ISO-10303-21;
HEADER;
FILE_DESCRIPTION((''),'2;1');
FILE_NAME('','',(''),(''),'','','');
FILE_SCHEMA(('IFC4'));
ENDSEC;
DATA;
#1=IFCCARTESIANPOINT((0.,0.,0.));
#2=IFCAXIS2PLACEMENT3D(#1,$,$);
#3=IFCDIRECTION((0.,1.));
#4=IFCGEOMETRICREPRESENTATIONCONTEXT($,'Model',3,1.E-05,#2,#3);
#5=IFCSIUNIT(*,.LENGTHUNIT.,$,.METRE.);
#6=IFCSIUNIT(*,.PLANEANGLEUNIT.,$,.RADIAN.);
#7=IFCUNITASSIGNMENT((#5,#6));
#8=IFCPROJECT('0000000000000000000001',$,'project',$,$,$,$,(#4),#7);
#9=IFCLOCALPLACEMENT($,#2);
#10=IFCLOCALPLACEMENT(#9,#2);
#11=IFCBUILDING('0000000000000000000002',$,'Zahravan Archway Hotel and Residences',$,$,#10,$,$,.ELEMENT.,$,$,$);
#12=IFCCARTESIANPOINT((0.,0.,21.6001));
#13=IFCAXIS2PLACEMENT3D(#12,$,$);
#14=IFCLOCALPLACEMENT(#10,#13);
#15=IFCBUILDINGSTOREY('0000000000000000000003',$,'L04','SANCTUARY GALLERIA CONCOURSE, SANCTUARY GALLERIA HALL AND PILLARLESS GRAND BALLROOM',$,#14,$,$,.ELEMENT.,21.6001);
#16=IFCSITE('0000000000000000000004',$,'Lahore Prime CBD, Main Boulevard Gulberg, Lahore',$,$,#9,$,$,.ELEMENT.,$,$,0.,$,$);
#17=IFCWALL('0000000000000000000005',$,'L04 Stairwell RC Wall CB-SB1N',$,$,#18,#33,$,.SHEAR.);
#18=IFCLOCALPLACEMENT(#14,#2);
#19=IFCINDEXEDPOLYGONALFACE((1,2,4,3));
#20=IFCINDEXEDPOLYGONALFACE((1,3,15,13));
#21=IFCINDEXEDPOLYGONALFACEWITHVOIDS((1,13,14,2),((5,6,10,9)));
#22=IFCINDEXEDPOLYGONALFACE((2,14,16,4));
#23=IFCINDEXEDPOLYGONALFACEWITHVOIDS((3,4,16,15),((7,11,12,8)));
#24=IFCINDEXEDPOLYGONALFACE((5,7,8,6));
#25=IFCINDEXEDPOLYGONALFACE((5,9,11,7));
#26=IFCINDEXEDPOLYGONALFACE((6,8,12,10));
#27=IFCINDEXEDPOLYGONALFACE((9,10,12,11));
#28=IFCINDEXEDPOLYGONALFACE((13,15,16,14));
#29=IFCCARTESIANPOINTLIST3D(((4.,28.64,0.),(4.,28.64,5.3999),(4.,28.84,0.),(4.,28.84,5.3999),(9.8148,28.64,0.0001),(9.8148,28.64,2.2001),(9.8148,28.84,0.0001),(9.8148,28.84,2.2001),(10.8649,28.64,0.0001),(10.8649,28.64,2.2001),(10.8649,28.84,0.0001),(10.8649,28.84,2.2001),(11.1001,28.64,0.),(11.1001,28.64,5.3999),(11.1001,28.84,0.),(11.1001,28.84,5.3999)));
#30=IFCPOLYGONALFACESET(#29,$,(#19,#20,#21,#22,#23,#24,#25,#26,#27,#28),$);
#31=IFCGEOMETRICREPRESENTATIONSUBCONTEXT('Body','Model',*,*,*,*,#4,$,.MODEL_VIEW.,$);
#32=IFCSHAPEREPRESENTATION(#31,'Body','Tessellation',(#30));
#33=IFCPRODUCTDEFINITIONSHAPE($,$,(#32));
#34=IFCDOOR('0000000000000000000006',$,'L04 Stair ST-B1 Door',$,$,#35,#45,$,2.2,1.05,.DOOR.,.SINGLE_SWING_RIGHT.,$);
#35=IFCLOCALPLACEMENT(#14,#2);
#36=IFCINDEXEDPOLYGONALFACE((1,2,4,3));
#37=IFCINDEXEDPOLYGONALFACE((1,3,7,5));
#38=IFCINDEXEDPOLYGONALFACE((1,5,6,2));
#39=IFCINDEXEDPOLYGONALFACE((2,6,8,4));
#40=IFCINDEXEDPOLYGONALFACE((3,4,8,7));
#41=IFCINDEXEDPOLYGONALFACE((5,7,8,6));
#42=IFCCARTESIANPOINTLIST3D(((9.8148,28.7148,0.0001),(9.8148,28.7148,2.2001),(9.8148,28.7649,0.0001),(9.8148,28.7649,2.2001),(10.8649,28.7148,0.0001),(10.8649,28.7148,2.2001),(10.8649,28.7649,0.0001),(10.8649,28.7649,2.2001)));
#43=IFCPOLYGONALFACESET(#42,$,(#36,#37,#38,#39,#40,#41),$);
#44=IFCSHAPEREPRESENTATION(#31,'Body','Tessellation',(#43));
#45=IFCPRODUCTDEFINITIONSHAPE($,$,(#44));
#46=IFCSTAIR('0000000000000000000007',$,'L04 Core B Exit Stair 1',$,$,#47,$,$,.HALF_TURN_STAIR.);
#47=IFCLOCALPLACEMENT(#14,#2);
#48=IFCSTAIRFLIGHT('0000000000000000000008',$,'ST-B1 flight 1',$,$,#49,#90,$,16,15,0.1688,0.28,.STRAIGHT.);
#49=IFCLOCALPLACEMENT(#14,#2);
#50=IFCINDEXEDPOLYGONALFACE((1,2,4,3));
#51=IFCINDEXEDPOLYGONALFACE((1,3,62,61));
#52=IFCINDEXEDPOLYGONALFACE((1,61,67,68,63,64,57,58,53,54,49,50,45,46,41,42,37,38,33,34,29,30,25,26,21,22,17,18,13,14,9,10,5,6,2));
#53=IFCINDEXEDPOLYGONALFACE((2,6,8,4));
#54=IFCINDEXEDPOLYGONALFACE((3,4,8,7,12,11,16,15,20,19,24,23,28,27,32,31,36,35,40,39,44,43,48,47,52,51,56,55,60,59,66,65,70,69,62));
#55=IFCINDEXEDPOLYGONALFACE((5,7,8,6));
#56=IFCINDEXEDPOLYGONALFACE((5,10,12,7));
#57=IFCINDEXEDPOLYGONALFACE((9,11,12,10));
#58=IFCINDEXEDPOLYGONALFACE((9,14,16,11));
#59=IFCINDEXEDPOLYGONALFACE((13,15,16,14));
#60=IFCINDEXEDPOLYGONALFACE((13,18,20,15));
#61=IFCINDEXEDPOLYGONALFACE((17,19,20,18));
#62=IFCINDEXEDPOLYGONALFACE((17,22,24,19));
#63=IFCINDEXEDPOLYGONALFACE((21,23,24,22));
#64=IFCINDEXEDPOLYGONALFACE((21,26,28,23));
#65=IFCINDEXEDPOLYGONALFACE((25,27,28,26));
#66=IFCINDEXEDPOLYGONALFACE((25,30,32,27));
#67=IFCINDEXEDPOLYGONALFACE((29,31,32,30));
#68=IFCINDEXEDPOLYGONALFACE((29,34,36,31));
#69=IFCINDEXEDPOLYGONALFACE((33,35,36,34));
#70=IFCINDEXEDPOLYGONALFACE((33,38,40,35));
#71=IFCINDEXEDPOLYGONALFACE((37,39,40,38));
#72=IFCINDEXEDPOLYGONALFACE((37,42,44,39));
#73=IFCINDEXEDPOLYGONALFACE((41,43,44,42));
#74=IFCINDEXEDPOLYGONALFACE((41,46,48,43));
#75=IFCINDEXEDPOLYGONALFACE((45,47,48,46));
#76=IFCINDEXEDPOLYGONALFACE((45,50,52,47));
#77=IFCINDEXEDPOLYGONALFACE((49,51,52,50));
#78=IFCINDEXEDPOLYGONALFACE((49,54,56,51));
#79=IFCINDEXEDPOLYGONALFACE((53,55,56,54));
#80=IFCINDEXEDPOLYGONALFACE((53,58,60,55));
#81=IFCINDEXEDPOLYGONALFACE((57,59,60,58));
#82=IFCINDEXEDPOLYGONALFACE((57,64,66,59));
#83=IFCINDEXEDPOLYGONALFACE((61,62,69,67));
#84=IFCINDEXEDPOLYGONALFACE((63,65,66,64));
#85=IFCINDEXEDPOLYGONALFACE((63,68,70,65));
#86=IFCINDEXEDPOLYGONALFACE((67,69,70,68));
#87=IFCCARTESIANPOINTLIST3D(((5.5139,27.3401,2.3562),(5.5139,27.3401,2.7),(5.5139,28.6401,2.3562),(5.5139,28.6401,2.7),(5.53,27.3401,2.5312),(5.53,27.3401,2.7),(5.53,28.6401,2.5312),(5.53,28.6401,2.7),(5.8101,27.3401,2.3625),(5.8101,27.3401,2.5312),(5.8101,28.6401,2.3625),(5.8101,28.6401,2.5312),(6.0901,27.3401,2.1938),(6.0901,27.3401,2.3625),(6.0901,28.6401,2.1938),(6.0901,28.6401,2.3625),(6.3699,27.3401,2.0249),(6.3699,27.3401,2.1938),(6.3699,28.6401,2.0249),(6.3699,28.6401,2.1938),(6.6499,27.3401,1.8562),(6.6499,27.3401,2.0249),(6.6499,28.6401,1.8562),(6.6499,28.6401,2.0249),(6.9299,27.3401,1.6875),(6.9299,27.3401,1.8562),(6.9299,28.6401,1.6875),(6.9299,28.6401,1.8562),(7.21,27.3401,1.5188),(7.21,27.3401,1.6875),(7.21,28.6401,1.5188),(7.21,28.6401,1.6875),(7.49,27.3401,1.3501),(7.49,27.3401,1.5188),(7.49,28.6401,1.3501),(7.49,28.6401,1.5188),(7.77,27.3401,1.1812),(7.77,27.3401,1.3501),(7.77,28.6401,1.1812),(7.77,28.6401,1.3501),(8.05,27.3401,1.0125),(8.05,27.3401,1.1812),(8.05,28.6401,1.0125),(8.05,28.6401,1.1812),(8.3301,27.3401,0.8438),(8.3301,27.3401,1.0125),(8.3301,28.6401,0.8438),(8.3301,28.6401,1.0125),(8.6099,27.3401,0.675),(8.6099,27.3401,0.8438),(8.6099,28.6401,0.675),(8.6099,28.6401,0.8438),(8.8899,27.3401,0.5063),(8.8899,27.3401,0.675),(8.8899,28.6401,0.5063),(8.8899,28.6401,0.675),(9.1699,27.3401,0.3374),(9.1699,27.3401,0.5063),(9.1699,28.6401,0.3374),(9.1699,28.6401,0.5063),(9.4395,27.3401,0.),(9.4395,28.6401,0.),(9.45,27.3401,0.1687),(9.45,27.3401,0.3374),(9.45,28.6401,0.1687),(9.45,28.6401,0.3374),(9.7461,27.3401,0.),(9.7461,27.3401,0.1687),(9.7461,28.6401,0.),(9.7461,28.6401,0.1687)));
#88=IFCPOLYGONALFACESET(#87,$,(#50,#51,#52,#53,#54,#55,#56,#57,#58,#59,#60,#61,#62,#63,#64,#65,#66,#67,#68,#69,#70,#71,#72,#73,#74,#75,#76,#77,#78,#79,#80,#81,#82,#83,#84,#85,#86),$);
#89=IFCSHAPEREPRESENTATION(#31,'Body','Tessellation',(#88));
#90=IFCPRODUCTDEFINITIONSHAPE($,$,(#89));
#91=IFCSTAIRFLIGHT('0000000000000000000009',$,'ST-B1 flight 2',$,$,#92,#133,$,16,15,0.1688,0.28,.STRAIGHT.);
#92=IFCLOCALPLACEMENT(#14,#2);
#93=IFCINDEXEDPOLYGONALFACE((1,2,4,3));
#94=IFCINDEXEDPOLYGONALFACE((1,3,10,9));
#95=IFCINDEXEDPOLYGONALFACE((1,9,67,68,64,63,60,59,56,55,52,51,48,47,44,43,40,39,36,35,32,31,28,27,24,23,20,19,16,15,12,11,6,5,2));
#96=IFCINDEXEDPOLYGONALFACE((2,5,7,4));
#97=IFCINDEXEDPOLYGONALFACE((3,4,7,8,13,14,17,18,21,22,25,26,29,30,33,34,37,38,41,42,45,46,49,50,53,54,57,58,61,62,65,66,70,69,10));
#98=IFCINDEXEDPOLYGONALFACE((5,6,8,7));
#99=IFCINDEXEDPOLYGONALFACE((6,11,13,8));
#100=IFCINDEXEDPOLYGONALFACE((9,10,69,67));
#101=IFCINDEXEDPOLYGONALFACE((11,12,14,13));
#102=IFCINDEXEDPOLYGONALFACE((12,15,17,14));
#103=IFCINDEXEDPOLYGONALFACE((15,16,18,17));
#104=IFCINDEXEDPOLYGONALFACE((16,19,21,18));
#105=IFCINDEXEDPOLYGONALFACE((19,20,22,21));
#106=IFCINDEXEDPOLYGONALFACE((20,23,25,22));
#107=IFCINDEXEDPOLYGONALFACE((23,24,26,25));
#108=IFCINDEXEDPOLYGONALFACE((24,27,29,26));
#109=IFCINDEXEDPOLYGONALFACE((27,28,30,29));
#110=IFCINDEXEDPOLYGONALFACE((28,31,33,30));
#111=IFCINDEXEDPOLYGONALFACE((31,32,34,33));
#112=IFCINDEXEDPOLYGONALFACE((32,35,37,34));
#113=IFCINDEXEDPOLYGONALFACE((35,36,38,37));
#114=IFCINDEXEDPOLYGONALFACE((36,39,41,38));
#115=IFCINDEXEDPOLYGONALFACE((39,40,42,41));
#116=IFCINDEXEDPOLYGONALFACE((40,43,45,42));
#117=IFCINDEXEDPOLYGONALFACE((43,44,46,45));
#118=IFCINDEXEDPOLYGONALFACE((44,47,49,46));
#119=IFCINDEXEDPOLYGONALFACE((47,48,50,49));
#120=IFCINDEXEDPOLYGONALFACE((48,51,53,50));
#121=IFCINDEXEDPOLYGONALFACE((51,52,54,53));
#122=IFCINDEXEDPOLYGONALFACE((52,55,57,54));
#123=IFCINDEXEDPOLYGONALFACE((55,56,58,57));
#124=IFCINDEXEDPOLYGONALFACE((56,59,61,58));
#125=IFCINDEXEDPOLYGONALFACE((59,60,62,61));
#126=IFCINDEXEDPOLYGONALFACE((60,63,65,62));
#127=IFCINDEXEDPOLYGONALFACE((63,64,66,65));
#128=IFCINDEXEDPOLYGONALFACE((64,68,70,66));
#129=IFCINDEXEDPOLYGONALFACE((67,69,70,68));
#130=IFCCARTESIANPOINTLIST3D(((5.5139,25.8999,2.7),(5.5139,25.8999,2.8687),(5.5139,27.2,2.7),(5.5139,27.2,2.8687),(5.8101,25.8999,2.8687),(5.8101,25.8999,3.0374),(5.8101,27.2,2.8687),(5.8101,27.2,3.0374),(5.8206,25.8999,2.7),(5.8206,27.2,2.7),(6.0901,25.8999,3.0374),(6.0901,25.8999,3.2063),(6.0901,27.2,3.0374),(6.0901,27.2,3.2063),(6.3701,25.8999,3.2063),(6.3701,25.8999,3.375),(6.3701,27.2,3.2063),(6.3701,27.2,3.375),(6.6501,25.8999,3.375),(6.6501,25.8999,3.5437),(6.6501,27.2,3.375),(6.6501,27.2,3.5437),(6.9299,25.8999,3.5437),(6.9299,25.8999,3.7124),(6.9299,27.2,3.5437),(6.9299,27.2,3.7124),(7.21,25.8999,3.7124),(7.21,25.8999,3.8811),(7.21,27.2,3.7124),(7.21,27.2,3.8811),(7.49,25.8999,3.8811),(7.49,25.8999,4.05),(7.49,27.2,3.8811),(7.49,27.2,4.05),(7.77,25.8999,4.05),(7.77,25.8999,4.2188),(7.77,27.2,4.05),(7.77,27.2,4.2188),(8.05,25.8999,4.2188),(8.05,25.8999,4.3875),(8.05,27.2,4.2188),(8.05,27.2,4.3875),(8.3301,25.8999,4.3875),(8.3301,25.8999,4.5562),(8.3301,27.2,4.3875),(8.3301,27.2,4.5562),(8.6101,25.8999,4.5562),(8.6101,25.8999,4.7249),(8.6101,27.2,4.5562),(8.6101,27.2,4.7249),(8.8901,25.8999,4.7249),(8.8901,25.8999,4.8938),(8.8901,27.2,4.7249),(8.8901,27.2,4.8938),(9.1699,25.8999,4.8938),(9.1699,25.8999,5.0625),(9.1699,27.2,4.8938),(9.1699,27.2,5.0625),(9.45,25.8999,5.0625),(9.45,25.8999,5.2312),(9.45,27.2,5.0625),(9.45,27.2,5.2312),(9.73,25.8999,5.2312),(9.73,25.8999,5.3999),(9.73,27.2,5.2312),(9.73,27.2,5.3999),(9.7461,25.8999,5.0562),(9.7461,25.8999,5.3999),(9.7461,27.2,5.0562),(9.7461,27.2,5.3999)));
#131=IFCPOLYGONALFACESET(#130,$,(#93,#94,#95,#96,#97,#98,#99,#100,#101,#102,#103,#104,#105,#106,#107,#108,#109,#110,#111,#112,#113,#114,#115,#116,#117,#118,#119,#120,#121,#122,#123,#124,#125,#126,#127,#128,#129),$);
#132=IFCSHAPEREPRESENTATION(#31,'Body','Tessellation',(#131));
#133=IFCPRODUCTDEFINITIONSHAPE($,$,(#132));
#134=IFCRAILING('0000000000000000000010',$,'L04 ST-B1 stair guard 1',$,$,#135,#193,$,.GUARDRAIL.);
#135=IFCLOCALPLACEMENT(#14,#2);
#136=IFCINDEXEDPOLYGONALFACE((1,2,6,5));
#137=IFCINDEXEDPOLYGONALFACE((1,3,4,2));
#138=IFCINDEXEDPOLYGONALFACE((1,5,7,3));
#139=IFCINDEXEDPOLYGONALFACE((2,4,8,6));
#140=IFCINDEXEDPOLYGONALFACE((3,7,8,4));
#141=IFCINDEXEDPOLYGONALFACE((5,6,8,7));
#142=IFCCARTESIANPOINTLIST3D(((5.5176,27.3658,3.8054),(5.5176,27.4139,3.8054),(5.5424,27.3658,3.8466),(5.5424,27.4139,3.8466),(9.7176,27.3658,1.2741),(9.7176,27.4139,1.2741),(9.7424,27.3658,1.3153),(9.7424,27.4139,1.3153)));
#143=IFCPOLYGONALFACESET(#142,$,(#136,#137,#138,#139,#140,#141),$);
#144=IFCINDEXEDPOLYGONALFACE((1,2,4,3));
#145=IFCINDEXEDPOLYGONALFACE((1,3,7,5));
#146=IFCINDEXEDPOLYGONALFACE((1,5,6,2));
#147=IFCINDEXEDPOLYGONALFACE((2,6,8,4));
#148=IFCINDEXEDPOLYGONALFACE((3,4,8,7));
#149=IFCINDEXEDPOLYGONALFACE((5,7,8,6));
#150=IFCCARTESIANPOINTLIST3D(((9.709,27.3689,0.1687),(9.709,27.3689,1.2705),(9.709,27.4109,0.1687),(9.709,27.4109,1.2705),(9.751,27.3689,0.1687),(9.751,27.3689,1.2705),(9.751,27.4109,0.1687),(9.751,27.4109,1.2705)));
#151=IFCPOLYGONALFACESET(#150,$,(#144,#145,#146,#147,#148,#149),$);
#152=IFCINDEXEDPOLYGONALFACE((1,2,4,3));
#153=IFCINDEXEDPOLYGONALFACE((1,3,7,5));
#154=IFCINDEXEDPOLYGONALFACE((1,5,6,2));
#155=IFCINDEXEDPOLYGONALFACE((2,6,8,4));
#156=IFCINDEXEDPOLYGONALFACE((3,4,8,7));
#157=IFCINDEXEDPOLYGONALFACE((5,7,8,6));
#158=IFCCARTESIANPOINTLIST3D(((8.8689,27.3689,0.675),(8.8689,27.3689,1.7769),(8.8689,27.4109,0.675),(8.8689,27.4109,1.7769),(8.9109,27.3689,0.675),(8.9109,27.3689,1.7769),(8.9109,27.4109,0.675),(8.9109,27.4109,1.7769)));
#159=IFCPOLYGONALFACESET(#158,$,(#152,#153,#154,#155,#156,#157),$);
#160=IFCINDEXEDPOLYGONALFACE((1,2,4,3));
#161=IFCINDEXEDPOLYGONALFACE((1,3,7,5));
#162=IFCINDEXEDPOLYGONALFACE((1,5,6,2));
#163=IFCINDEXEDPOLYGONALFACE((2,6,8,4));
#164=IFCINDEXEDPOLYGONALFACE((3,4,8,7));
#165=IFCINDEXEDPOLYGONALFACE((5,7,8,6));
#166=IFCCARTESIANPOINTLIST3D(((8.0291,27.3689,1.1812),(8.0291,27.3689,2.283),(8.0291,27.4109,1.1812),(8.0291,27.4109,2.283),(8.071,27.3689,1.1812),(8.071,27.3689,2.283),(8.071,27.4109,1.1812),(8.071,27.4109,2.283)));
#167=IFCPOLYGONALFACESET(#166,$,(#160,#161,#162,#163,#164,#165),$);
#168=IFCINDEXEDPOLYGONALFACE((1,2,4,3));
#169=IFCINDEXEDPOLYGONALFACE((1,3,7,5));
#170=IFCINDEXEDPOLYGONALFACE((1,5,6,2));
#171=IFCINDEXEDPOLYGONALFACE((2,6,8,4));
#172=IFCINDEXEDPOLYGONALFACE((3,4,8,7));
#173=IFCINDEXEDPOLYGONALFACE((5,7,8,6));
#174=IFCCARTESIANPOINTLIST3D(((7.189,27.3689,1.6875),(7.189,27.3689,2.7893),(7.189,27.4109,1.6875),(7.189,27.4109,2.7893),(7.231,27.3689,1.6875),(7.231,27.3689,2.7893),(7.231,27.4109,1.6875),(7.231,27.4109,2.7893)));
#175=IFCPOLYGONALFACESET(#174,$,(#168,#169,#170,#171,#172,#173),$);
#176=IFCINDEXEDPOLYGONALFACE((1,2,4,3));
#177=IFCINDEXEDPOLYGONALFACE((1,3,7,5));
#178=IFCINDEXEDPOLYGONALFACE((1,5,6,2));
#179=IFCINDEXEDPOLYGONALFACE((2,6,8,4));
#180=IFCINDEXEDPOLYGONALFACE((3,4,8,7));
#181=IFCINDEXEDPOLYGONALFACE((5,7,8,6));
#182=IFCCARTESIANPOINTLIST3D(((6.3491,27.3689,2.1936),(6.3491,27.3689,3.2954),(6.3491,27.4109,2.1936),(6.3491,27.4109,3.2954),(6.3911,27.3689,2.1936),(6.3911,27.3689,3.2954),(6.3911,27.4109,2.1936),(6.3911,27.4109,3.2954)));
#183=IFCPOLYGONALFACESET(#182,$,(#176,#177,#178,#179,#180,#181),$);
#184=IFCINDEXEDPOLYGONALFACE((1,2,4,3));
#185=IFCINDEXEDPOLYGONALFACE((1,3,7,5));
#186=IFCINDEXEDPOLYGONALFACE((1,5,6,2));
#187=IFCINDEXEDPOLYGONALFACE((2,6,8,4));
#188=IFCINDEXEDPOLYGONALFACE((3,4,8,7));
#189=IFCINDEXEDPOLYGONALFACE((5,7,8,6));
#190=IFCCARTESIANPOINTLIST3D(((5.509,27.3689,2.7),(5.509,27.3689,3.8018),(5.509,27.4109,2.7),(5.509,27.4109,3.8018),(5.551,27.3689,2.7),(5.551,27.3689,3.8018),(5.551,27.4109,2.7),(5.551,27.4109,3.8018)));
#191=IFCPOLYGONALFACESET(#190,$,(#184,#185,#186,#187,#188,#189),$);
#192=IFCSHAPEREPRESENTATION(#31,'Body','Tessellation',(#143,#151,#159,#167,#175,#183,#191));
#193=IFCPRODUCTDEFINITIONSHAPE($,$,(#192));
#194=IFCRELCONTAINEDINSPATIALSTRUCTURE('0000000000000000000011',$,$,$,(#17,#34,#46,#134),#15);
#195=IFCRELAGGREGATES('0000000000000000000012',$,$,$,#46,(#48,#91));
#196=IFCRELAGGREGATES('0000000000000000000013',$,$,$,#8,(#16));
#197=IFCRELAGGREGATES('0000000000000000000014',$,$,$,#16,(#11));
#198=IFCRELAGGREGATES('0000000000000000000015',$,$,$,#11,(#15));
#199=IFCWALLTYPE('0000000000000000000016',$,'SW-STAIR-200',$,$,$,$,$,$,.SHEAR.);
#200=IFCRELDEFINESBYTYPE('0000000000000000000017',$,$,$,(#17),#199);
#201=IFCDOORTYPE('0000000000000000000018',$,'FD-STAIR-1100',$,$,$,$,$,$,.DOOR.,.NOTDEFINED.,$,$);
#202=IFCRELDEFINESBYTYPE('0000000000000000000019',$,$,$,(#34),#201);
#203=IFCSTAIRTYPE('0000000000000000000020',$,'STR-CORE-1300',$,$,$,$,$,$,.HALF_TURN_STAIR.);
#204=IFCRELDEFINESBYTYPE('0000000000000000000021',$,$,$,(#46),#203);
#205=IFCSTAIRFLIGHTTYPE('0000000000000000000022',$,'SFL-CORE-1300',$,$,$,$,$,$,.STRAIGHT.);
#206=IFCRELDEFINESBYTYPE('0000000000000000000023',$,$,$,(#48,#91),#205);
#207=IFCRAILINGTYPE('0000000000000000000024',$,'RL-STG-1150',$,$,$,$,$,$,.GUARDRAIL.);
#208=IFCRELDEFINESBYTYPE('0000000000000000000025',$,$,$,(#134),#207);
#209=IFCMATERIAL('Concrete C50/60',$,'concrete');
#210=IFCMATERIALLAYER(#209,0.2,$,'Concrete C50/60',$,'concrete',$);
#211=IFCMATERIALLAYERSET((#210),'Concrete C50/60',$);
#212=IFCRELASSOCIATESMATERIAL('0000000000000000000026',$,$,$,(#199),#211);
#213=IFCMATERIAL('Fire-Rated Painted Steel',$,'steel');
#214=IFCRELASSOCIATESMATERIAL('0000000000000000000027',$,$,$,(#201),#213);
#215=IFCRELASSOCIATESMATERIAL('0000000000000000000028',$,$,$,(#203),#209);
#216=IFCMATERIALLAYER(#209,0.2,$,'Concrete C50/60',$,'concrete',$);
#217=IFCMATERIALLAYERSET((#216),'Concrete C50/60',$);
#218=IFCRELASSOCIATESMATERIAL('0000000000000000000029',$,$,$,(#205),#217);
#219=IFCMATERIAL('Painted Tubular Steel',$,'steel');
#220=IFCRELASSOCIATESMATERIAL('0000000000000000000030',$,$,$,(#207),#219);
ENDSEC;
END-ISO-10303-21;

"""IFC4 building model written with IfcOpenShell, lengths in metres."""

from ifc_helpers import new_model, si_unit, direction, frame, frame_2d, origin, origin_2d, place, context, subcontext, project, spatial, polyline, rectangle, outline, extrude, source, transform, mapped, material, layer, layer_set, type_object, type_shapes, element, fill, aggregate, save


model = new_model("IFC4")

# Units and contexts
model_context = context("Model", 3, precision=1e-05, world=origin(), true_north=direction((0.0, 1.0)))
body_context = subcontext(model_context, "Body", "Model", "MODEL_VIEW")
ifc_project = project(units=[si_unit("LENGTHUNIT", "METRE"), si_unit("PLANEANGLEUNIT", "RADIAN")], contexts=[model_context])

# Site, building, storey
site_placement = place(None, origin())
site = spatial("IfcSite", under=ifc_project, at=site_placement, Name="Lahore Prime CBD, Main Boulevard Gulberg, Lahore", CompositionType="ELEMENT", RefElevation=0.0)
building_placement = place(site_placement, origin())
building = spatial("IfcBuilding", under=site, at=building_placement, Name="Zahravan Archway Hotel and Residences", CompositionType="ELEMENT")
storey_placement = place(building_placement, frame((0.0, 0.0, 21.6001)))
storey = spatial("IfcBuildingStorey", under=building, at=storey_placement, Name="L04", Description="SANCTUARY GALLERIA CONCOURSE, SANCTUARY GALLERIA HALL AND PILLARLESS GRAND BALLROOM", CompositionType="ELEMENT", Elevation=21.6001)

# Shared definitions
ifc_material_1 = material(Name="Fire-Rated Painted Steel", Category="steel")

# Shared definitions
ifc_material_2 = material(Name="Concrete C50/60", Category="concrete")
ifc_layer_1 = layer(ifc_material_2, 0.2, Name="Concrete C50/60", Category="concrete")
ifc_layer_set_1 = layer_set([ifc_layer_1], Name="Concrete C50/60")
wall_type_1 = type_object("IfcWallType", Name="SW-STAIR-200", PredefinedType="SHEAR", material=ifc_layer_set_1)

# Wall, opening, door
wall_1_placement = place(storey_placement, frame((4.0, 28.74, 0.0), z_axis=(0.0, 0.0, 1.0), x_axis=(1.0, 0.0, 0.0)))
wall_1 = element("IfcWall", 1, at=wall_1_placement, inside=storey, type_object=wall_type_1, Name="L04 Stairwell RC Wall CB-SB1N", PredefinedType="SHEAR", context=body_context, shape_type="SweptSolid", body=[
    extrude(rectangle(XDim=7.1001, YDim=0.2, at=frame_2d((3.55, 0.0))), origin(), (0.0, 0.0, 1.0), 5.3999),
])
opening_1_placement = place(wall_1_placement, frame((5.8149, 0.0, 0.0)))
opening_1 = element("IfcOpeningElement", 2, at=opening_1_placement, cuts=wall_1, PredefinedType="OPENING", context=body_context, shape_type="SweptSolid", body=[
    extrude(rectangle(XDim=1.05, YDim=2.2, at=frame_2d((0.5249, 1.1001))), frame((0.0, 0.1099, 0.0), z_axis=(0.0, -1.0, 0.0), x_axis=(1.0, 0.0, 0.0)), (0.0, 0.0, 1.0), 0.22),
])
door_type_1 = type_object("IfcDoorType", Name="FD-STAIR-1100", OperationType="NOTDEFINED", PredefinedType="DOOR", material=ifc_material_1)
shared_shape_1 = source(origin(), body_context, "Body", "SweptSolid", [
    extrude(rectangle(XDim=1.05, YDim=2.2, at=frame_2d((0.5249, 1.1001))), frame((0.0, 0.0249, 0.0), z_axis=(0.0, -1.0, 0.0), x_axis=(1.0, 0.0, 0.0)), (0.0, 0.0, 1.0), 0.05),
])
type_shapes(door_type_1, [shared_shape_1])
door_1_placement = place(opening_1_placement, origin())
door_1 = element("IfcDoor", 3, at=door_1_placement, inside=storey, type_object=door_type_1, Name="L04 Stair ST-B1 Door", OperationType="SINGLE_SWING_RIGHT", OverallHeight=2.2, OverallWidth=1.05, PredefinedType="DOOR", context=body_context, shape_type="MappedRepresentation", body=[
    mapped(shared_shape_1, transform((0.0, 0.0, 0.0), scale=1.0)),
])
fill(opening_1, door_1)

# Stair, stair flights
stair_type = type_object("IfcStairType", Name="STR-CORE-1300", PredefinedType="HALF_TURN_STAIR", material=ifc_material_2)
stair_placement = place(storey_placement, origin())
stair = element("IfcStair", 4, at=stair_placement, inside=storey, type_object=stair_type, Name="L04 Core B Exit Stair 1", PredefinedType="HALF_TURN_STAIR")
ifc_layer_2 = layer(ifc_material_2, 0.2, Name="Concrete C50/60", Category="concrete")
ifc_layer_set_2 = layer_set([ifc_layer_2], Name="Concrete C50/60")
stair_flight_type = type_object("IfcStairFlightType", Name="SFL-CORE-1300", PredefinedType="STRAIGHT", material=ifc_layer_set_2)
shared_shape_2 = source(origin(), body_context, "Body", "SweptSolid", [
    extrude(outline(polyline([(-0.0161, 0.0), (-0.0161, 0.1687), (0.28, 0.1687), (0.28, 0.3374), (0.5601, 0.3374), (0.5601, 0.5063), (0.8401, 0.5063), (0.8401, 0.675), (1.1201, 0.675), (1.1201, 0.8438), (1.3999, 0.8438), (1.3999, 1.0125), (1.6799, 1.0125), (1.6799, 1.1812), (1.96, 1.1812), (1.96, 1.3501), (2.24, 1.3501), (2.24, 1.5188), (2.52, 1.5188), (2.52, 1.6875), (2.8, 1.6875), (2.8, 1.8562), (3.0801, 1.8562), (3.0801, 2.0249), (3.3601, 2.0249), (3.3601, 2.1938), (3.6399, 2.1938), (3.6399, 2.3625), (3.9199, 2.3625), (3.9199, 2.5312), (4.2, 2.5312), (4.2, 2.7), (4.2161, 2.7), (4.2161, 2.3562), (0.2905, 0.0), (-0.0161, 0.0)])), frame((0.0, 0.6499, 0.0), z_axis=(0.0, -1.0, 0.0), x_axis=(1.0, 0.0, 0.0)), (0.0, 0.0, 1.0), 1.3),
])
stair_flight_1_placement = place(storey_placement, frame((9.73, 27.99, 0.0), z_axis=(0.0, 0.0, 1.0), x_axis=(-1.0, 0.0, 0.0)))
stair_flight_1 = element("IfcStairFlight", 5, at=stair_flight_1_placement, type_object=stair_flight_type, Name="ST-B1 flight 1", NumberOfRisers=16, NumberOfTreads=15, PredefinedType="STRAIGHT", RiserHeight=0.1688, TreadLength=0.28, context=body_context, shape_type="MappedRepresentation", body=[
    mapped(shared_shape_2, transform((0.0, 0.0, 0.0), scale=1.0)),
])
stair_flight_2_placement = place(storey_placement, frame((5.53, 26.55, 2.7), z_axis=(0.0, 0.0, 1.0), x_axis=(1.0, 0.0, 0.0)))
stair_flight_2 = element("IfcStairFlight", 6, at=stair_flight_2_placement, type_object=stair_flight_type, Name="ST-B1 flight 2", NumberOfRisers=16, NumberOfTreads=15, PredefinedType="STRAIGHT", RiserHeight=0.1688, TreadLength=0.28, context=body_context, shape_type="MappedRepresentation", body=[
    mapped(shared_shape_2, transform((0.0, 0.0, 0.0), scale=1.0)),
])
aggregate(stair, [stair_flight_1, stair_flight_2])

# Railing
ifc_material_3 = material(Name="Painted Tubular Steel", Category="steel")
railing_type_1 = type_object("IfcRailingType", Name="RL-STG-1150", PredefinedType="GUARDRAIL", material=ifc_material_3)
railing_1_placement = place(storey_placement, frame((9.73, 27.3899, 0.1687)))
element("IfcRailing", 7, at=railing_1_placement, inside=storey, type_object=railing_type_1, Name="L04 ST-B1 stair guard 1", PredefinedType="GUARDRAIL", context=body_context, shape_type="SweptSolid", body=[
    extrude(rectangle(XDim=0.0481, YDim=0.0481, at=origin_2d()), frame((0.0, 0.0, 1.126), z_axis=(-0.856476, 0.0, 0.516186), x_axis=(0.0, -1.0, 0.0)), (0.0, 0.0, 1.0), 4.9038),
    extrude(rectangle(XDim=0.042, YDim=0.042, at=origin_2d()), origin(), (0.0, 0.0, 1.0), 1.1018),
    extrude(rectangle(XDim=0.042, YDim=0.042, at=origin_2d()), frame((-0.8401, 0.0, 0.5063)), (0.0, 0.0, 1.0), 1.1018),
    extrude(rectangle(XDim=0.042, YDim=0.042, at=origin_2d()), frame((-1.6799, 0.0, 1.0125)), (0.0, 0.0, 1.0), 1.1018),
    extrude(rectangle(XDim=0.042, YDim=0.042, at=origin_2d()), frame((-2.52, 0.0, 1.5188)), (0.0, 0.0, 1.0), 1.1018),
    extrude(rectangle(XDim=0.042, YDim=0.042, at=origin_2d()), frame((-3.3599, 0.0, 2.0249)), (0.0, 0.0, 1.0), 1.1018),
    extrude(rectangle(XDim=0.042, YDim=0.042, at=origin_2d()), frame((-4.2, 0.0, 2.5312)), (0.0, 0.0, 1.0), 1.1018),
])

save(model, "model.ifc")
